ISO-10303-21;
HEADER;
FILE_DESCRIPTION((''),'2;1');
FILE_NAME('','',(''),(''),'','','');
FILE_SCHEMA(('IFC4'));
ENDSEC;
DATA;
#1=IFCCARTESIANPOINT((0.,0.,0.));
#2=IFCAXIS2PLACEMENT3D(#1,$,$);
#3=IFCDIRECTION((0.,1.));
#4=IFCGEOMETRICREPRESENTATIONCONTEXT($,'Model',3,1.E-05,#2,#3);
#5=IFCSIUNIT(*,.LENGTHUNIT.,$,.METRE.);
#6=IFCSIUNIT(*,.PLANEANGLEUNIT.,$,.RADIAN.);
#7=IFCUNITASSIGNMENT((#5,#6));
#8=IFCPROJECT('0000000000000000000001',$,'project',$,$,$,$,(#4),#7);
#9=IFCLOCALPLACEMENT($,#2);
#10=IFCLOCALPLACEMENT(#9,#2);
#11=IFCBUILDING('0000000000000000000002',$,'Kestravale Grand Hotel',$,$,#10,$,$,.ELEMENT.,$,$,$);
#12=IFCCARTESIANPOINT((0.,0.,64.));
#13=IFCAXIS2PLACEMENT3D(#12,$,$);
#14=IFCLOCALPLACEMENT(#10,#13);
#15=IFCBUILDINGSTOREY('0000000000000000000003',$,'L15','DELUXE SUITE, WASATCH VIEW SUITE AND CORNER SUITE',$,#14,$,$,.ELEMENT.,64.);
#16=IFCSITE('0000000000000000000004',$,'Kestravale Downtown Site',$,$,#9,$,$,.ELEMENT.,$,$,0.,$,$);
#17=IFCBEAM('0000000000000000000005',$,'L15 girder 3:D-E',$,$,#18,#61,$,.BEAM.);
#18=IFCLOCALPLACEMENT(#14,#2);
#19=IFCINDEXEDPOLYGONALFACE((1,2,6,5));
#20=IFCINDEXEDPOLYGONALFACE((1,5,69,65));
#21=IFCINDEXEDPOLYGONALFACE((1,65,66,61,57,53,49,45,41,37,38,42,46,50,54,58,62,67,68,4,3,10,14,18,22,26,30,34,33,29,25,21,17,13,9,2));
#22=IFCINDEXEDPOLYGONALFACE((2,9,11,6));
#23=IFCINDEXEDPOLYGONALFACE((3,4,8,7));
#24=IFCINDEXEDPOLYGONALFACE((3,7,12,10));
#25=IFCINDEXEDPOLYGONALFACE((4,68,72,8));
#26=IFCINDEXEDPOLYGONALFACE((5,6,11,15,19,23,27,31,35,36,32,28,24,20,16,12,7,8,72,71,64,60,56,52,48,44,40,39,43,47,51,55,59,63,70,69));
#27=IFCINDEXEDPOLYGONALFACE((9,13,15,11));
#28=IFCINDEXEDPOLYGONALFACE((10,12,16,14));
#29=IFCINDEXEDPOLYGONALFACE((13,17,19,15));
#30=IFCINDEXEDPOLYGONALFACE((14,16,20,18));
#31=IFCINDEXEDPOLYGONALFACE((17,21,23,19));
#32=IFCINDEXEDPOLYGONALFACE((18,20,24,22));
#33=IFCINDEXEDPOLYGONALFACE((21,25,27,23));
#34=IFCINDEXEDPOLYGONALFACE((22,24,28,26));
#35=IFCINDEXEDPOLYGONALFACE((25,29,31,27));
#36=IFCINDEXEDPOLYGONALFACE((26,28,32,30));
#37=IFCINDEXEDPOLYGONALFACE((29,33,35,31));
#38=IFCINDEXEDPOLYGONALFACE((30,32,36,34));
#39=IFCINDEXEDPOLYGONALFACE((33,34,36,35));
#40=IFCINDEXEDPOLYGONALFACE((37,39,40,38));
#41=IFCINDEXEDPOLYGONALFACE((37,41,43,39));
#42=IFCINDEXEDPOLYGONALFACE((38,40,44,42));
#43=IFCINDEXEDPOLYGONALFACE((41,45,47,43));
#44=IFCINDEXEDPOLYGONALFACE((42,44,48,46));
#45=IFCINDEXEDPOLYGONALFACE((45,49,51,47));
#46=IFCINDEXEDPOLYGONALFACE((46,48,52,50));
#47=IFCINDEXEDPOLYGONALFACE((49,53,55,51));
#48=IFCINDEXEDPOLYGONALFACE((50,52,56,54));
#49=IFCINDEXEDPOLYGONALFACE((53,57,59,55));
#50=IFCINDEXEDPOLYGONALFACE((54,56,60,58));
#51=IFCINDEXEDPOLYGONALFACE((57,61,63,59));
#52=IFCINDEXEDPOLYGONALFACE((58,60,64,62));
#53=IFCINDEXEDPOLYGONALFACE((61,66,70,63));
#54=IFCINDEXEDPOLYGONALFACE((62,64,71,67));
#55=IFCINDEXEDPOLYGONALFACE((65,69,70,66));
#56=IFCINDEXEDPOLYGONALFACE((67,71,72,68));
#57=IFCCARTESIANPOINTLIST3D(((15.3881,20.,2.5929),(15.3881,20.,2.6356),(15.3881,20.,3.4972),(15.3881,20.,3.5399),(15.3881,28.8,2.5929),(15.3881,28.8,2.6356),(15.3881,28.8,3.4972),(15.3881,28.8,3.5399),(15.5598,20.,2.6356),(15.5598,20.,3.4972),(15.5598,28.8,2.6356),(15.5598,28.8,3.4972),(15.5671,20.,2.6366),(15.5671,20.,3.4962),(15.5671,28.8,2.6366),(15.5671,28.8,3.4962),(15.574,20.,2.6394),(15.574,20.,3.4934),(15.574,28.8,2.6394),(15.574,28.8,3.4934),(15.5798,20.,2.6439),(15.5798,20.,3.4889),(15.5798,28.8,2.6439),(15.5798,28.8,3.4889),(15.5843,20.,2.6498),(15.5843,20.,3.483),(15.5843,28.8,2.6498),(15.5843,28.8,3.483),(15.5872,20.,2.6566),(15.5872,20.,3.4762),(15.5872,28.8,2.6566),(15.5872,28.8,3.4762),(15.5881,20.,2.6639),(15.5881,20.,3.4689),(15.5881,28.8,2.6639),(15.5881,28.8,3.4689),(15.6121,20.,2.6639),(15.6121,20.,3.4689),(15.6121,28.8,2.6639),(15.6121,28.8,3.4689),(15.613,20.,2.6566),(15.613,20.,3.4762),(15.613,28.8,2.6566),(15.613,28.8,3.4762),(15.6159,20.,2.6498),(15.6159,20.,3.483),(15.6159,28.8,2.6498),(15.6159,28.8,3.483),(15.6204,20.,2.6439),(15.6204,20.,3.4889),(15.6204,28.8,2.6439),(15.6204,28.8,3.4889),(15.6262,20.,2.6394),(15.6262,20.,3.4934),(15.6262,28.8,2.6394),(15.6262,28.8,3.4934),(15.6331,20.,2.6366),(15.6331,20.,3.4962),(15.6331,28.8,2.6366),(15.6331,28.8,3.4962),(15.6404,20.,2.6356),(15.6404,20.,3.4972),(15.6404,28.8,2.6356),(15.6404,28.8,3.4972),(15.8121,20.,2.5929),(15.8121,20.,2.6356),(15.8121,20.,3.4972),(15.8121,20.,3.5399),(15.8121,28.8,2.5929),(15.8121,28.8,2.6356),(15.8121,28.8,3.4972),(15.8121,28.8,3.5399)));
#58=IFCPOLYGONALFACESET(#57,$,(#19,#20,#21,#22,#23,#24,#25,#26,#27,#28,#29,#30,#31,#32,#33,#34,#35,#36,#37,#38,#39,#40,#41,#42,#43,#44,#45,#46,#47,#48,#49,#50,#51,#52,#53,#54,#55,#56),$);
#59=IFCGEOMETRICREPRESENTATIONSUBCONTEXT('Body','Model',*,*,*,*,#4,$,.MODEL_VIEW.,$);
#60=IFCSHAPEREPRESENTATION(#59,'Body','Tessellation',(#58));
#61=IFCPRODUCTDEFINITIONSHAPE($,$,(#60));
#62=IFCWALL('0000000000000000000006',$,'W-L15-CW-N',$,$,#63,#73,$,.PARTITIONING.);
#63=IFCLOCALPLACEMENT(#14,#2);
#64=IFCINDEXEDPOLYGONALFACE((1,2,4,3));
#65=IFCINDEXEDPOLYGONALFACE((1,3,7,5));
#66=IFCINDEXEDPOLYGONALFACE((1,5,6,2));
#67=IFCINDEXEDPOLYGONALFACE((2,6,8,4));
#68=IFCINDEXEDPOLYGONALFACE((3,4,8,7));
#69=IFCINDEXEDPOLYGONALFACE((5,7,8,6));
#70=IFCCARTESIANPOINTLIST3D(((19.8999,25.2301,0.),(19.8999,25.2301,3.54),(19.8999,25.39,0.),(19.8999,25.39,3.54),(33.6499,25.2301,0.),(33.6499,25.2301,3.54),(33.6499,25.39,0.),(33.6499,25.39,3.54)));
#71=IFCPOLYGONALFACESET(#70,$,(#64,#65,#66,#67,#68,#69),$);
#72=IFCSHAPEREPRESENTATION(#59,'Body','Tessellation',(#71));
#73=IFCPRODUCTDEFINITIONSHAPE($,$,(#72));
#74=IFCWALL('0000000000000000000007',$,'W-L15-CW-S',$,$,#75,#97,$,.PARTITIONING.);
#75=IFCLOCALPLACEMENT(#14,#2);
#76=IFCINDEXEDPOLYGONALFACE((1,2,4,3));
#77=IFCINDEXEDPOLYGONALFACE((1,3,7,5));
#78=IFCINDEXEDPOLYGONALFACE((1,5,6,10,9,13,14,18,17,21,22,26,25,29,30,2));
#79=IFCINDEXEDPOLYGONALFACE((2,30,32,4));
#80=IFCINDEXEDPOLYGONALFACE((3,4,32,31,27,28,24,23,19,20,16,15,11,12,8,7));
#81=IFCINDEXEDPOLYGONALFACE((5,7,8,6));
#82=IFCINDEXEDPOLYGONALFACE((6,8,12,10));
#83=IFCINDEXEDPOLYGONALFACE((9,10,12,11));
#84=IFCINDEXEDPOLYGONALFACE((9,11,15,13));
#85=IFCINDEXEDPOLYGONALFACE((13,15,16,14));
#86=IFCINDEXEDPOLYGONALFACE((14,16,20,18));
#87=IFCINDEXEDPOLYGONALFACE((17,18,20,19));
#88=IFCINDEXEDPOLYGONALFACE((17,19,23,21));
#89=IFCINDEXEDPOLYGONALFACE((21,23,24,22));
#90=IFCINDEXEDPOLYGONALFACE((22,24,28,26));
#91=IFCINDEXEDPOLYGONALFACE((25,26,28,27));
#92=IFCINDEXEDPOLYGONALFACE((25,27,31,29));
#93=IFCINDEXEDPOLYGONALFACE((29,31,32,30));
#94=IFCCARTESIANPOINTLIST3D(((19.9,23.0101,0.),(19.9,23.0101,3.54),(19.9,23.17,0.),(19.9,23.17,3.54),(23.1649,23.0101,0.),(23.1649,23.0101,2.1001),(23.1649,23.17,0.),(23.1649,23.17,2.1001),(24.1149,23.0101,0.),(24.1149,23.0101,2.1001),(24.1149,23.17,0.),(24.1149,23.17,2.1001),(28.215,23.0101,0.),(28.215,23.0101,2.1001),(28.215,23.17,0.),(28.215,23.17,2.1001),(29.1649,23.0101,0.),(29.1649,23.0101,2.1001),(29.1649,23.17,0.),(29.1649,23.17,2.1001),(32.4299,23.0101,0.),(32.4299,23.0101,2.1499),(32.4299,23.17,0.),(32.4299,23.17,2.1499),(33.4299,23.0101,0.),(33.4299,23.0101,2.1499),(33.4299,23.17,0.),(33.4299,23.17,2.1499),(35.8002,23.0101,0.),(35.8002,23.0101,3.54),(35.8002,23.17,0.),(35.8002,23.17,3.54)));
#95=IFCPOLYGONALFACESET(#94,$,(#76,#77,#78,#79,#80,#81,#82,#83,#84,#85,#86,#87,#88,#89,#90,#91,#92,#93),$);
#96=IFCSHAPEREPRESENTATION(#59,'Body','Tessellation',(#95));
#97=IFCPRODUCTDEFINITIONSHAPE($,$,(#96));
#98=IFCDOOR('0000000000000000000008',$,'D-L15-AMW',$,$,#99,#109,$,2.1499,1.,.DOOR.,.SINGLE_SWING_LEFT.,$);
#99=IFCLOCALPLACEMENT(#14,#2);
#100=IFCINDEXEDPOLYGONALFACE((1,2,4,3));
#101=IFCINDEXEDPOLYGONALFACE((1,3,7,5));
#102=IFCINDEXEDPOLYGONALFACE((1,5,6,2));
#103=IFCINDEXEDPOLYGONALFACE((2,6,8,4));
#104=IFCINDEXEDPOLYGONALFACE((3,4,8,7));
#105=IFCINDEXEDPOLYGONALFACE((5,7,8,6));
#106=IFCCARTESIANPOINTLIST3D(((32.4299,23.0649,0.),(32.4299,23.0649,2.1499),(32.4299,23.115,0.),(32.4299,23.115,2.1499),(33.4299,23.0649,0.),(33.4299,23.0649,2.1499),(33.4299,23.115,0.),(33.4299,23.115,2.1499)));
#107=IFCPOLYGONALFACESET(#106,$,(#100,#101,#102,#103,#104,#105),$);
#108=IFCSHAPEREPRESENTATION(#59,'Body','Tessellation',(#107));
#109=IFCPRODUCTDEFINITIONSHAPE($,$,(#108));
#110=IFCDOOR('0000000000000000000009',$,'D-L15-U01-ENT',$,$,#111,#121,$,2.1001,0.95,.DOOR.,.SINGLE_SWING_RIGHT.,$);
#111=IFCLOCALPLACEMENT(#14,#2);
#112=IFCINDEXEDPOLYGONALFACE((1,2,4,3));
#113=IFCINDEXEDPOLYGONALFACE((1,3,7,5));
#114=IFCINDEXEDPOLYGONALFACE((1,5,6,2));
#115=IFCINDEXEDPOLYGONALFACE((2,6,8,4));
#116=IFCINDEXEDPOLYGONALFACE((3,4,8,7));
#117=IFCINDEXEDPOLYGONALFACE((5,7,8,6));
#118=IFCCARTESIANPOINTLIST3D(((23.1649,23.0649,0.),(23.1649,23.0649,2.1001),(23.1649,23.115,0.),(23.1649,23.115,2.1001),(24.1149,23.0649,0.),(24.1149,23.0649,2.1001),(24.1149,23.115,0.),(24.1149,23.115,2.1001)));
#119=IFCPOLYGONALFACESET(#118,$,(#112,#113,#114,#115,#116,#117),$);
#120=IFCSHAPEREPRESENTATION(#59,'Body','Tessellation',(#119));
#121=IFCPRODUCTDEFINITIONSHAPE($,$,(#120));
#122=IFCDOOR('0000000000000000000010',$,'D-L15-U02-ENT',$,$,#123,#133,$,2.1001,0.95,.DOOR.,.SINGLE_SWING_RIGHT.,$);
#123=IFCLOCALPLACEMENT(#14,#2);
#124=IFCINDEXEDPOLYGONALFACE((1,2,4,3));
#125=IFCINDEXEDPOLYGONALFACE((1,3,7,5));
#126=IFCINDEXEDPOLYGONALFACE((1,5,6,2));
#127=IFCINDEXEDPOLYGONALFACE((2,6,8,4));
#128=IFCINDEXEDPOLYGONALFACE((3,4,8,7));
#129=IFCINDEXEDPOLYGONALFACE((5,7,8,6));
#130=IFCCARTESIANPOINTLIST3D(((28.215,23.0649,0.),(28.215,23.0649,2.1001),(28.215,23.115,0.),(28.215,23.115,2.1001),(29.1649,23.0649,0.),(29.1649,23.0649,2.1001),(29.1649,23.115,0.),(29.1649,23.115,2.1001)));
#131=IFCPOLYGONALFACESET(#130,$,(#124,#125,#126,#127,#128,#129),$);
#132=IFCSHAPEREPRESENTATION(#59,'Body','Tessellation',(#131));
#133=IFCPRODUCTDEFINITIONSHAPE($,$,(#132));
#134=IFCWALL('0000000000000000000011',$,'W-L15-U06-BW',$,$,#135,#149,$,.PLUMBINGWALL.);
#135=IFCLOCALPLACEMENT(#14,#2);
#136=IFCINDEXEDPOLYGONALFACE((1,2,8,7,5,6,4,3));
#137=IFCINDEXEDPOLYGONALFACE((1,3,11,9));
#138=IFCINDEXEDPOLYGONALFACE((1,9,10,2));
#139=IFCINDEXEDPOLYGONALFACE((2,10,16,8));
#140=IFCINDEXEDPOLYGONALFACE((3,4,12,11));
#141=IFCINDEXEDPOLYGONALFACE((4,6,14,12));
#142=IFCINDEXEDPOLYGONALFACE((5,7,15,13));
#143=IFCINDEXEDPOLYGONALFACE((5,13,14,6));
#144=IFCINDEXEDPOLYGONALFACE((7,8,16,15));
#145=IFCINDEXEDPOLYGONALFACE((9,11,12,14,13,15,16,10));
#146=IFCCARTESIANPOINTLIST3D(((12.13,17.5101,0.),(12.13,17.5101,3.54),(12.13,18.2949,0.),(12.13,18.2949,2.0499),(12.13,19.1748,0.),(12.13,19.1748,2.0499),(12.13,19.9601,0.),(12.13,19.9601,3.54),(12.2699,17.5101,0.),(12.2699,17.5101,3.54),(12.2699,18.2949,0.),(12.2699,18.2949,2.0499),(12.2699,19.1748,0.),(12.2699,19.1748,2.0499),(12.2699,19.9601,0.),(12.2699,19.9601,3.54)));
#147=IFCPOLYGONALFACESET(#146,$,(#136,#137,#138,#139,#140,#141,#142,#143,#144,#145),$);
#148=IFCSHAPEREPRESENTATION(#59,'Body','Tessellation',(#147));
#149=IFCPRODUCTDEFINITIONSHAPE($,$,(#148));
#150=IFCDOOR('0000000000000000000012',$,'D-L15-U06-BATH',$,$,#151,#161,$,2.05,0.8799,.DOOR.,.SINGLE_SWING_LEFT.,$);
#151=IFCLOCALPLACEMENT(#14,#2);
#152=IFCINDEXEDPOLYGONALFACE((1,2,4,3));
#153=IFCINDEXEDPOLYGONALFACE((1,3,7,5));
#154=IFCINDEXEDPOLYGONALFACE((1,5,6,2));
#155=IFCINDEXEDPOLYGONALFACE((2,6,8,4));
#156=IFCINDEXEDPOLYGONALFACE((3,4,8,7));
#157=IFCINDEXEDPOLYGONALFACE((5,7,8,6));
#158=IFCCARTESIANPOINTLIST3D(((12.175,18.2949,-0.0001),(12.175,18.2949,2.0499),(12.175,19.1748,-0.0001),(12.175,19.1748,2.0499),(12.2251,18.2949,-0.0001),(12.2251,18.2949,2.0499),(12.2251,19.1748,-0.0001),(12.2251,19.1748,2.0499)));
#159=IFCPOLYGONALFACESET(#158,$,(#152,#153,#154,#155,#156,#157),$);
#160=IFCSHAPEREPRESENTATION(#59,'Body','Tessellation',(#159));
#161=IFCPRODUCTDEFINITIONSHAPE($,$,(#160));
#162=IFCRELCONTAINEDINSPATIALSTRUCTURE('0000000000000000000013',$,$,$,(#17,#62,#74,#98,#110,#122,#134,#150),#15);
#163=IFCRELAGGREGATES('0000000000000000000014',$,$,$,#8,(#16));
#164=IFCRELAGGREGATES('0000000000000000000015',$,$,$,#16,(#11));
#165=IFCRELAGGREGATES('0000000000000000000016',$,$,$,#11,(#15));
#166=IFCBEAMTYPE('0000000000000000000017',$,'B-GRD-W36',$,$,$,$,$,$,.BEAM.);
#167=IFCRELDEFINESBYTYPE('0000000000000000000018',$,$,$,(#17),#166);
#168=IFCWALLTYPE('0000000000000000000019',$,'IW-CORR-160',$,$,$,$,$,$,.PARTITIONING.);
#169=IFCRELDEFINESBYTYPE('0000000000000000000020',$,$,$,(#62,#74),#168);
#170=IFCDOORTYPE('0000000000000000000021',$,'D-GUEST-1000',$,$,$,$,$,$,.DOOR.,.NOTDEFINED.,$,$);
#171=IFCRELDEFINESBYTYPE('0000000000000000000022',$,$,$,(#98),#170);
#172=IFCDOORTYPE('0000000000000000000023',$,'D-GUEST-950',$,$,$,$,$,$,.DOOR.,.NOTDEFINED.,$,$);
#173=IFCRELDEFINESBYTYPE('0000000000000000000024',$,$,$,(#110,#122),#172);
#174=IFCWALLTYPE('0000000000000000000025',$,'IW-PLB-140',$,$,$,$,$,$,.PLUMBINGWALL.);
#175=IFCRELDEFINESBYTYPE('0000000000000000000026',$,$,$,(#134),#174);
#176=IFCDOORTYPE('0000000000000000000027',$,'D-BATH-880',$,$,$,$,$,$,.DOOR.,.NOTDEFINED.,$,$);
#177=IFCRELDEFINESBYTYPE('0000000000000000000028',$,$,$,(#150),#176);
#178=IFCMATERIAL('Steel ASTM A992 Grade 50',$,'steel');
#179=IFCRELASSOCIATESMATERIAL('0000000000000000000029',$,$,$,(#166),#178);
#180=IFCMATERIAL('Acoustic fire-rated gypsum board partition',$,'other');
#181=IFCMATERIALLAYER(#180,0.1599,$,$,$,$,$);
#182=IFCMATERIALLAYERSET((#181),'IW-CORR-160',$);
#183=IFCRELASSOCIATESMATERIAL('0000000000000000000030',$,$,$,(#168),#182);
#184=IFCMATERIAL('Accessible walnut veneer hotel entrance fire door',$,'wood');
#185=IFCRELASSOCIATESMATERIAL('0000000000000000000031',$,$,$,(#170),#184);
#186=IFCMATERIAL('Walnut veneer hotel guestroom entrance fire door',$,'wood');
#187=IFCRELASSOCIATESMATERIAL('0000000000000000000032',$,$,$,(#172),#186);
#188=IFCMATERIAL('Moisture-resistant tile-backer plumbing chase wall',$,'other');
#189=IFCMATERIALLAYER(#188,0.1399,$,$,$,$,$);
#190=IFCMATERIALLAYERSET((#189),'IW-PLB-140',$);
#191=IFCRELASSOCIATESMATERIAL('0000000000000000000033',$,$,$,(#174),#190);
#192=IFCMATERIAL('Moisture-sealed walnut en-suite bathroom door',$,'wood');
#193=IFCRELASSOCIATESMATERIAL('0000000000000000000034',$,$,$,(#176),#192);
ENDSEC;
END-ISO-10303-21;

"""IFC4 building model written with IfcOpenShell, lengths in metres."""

from ifc_helpers import new_model, si_unit, direction, frame, frame_2d, origin, origin_2d, place, context, subcontext, project, spatial, rectangle, i_section, extrude, material, layer, layer_set, material_profile, profile_set, type_object, element, fill, save


model = new_model("IFC4")

# Units and contexts
model_context = context("Model", 3, precision=1e-05, world=origin(), true_north=direction((0.0, 1.0)))
body_context = subcontext(model_context, "Body", "Model", "MODEL_VIEW")
ifc_project = project(units=[si_unit("LENGTHUNIT", "METRE"), si_unit("PLANEANGLEUNIT", "RADIAN")], contexts=[model_context])

# Site, building, storey
site_placement = place(None, origin())
site = spatial("IfcSite", under=ifc_project, at=site_placement, Name="Kestravale Downtown Site", CompositionType="ELEMENT", RefElevation=0.0)
building_placement = place(site_placement, origin())
building = spatial("IfcBuilding", under=site, at=building_placement, Name="Kestravale Grand Hotel", CompositionType="ELEMENT")
storey_placement = place(building_placement, frame((0.0, 0.0, 64.0)))
storey = spatial("IfcBuildingStorey", under=building, at=storey_placement, Name="L15", Description="DELUXE SUITE, WASATCH VIEW SUITE AND CORNER SUITE", CompositionType="ELEMENT", Elevation=64.0)

# Beam
ifc_material_1 = material(Name="Steel ASTM A992 Grade 50", Category="steel")
ifc_material_profile_1 = material_profile(ifc_material_1, i_section(OverallWidth=0.4241, OverallDepth=0.947, WebThickness=0.0239, FlangeThickness=0.0427, FilletRadius=0.0283, at=origin_2d()))
ifc_profile_set_1 = profile_set([ifc_material_profile_1], Name="Steel ASTM A992 Grade 50")
beam_type_1 = type_object("IfcBeamType", Name="B-GRD-W36", PredefinedType="BEAM", material=ifc_profile_set_1)
for number, where, z_axis, x_axis, name in (
    (1, (15.6001, 20.0, 3.0664), (0.0, 1.0, 0.0), (-1.0, 0.0, 0.0), "L15 girder 3:D-E"),
):
    element("IfcBeam", number, at=place(storey_placement, frame(where, z_axis=z_axis, x_axis=x_axis)), inside=storey, type_object=beam_type_1, Name=name, PredefinedType="BEAM", context=body_context, shape_type="SweptSolid", body=[
        extrude(i_section(OverallWidth=0.4241, OverallDepth=0.947, WebThickness=0.0239, FlangeThickness=0.0427, FilletRadius=0.0283, at=origin_2d()), origin(), (0.0, 0.0, 1.0), 8.8),
    ])

# Wall
ifc_material_2 = material(Name="Acoustic fire-rated gypsum board partition", Category="other")
ifc_layer_1 = layer(ifc_material_2, 0.1599)
ifc_layer_set_1 = layer_set([ifc_layer_1], Name="IW-CORR-160")
wall_type_1 = type_object("IfcWallType", Name="IW-CORR-160", PredefinedType="PARTITIONING", material=ifc_layer_set_1)
wall_1_placement = place(storey_placement, frame((19.8999, 25.3101, 0.0), z_axis=(0.0, 0.0, 1.0), x_axis=(1.0, 0.0, 0.0)))
element("IfcWall", 2, at=wall_1_placement, inside=storey, type_object=wall_type_1, Name="W-L15-CW-N", PredefinedType="PARTITIONING", context=body_context, shape_type="SweptSolid", body=[
    extrude(rectangle(XDim=13.75, YDim=0.1599, at=frame_2d((6.875, 0.0))), origin(), (0.0, 0.0, 1.0), 3.54),
])

# Wall, openings, doors
wall_2_placement = place(storey_placement, frame((19.8999, 23.0901, 0.0), z_axis=(0.0, 0.0, 1.0), x_axis=(1.0, 0.0, 0.0)))
wall_2 = element("IfcWall", 3, at=wall_2_placement, inside=storey, type_object=wall_type_1, Name="W-L15-CW-S", PredefinedType="PARTITIONING", context=body_context, shape_type="SweptSolid", body=[
    extrude(rectangle(XDim=15.9001, YDim=0.1599, at=frame_2d((7.9502, 0.0))), origin(), (0.0, 0.0, 1.0), 3.54),
])
opening_1_placement = place(wall_2_placement, frame((3.2649, 0.0, 0.0)))
opening_1 = element("IfcOpeningElement", 4, at=opening_1_placement, cuts=wall_2, PredefinedType="OPENING", context=body_context, shape_type="SweptSolid", body=[
    extrude(rectangle(XDim=0.95, YDim=2.1001, at=frame_2d((0.4751, 1.05))), frame((0.0, 0.0898, 0.0), z_axis=(0.0, -1.0, 0.0), x_axis=(1.0, 0.0, 0.0)), (0.0, 0.0, 1.0), 0.1799),
])
opening_2_placement = place(wall_2_placement, frame((8.3149, 0.0, 0.0)))
opening_2 = element("IfcOpeningElement", 5, at=opening_2_placement, cuts=wall_2, PredefinedType="OPENING", context=body_context, shape_type="SweptSolid", body=[
    extrude(rectangle(XDim=0.95, YDim=2.1001, at=frame_2d((0.4751, 1.05))), frame((0.0, 0.0898, 0.0), z_axis=(0.0, -1.0, 0.0), x_axis=(1.0, 0.0, 0.0)), (0.0, 0.0, 1.0), 0.1799),
])
opening_3_placement = place(wall_2_placement, frame((12.53, 0.0, 0.0)))
opening_3 = element("IfcOpeningElement", 6, at=opening_3_placement, cuts=wall_2, PredefinedType="OPENING", context=body_context, shape_type="SweptSolid", body=[
    extrude(rectangle(XDim=1.0, YDim=2.1499, at=frame_2d((0.5, 1.075))), frame((0.0, 0.0898, 0.0), z_axis=(0.0, -1.0, 0.0), x_axis=(1.0, 0.0, 0.0)), (0.0, 0.0, 1.0), 0.1799),
])
ifc_material_3 = material(Name="Accessible walnut veneer hotel entrance fire door", Category="wood")
door_type_1 = type_object("IfcDoorType", Name="D-GUEST-1000", OperationType="NOTDEFINED", PredefinedType="DOOR", material=ifc_material_3)
door_1_placement = place(opening_3_placement, origin())
door_1 = element("IfcDoor", 7, at=door_1_placement, inside=storey, type_object=door_type_1, Name="D-L15-AMW", OperationType="SINGLE_SWING_LEFT", OverallHeight=2.1499, OverallWidth=1.0, PredefinedType="DOOR", context=body_context, shape_type="SweptSolid", body=[
    extrude(rectangle(XDim=1.0, YDim=2.1499, at=frame_2d((0.5, 1.075))), frame((0.0, 0.0249, 0.0), z_axis=(0.0, -1.0, 0.0), x_axis=(1.0, 0.0, 0.0)), (0.0, 0.0, 1.0), 0.05),
])
fill(opening_3, door_1)
ifc_material_4 = material(Name="Walnut veneer hotel guestroom entrance fire door", Category="wood")
door_type_2 = type_object("IfcDoorType", Name="D-GUEST-950", OperationType="NOTDEFINED", PredefinedType="DOOR", material=ifc_material_4)
door_2_placement = place(opening_1_placement, origin())
door_2 = element("IfcDoor", 8, at=door_2_placement, inside=storey, type_object=door_type_2, Name="D-L15-U01-ENT", OperationType="SINGLE_SWING_RIGHT", OverallHeight=2.1001, OverallWidth=0.95, PredefinedType="DOOR", context=body_context, shape_type="SweptSolid", body=[
    extrude(rectangle(XDim=0.95, YDim=2.1001, at=frame_2d((0.4751, 1.05))), frame((0.0, 0.0249, 0.0), z_axis=(0.0, -1.0, 0.0), x_axis=(1.0, 0.0, 0.0)), (0.0, 0.0, 1.0), 0.05),
])
fill(opening_1, door_2)
door_3_placement = place(opening_2_placement, origin())
door_3 = element("IfcDoor", 9, at=door_3_placement, inside=storey, type_object=door_type_2, Name="D-L15-U02-ENT", OperationType="SINGLE_SWING_RIGHT", OverallHeight=2.1001, OverallWidth=0.95, PredefinedType="DOOR", context=body_context, shape_type="SweptSolid", body=[
    extrude(rectangle(XDim=0.95, YDim=2.1001, at=frame_2d((0.4751, 1.05))), frame((0.0, 0.0249, 0.0), z_axis=(0.0, -1.0, 0.0), x_axis=(1.0, 0.0, 0.0)), (0.0, 0.0, 1.0), 0.05),
])
fill(opening_2, door_3)

# Wall, opening, door
ifc_material_5 = material(Name="Moisture-resistant tile-backer plumbing chase wall", Category="other")
ifc_layer_2 = layer(ifc_material_5, 0.1399)
ifc_layer_set_2 = layer_set([ifc_layer_2], Name="IW-PLB-140")
wall_type_2 = type_object("IfcWallType", Name="IW-PLB-140", PredefinedType="PLUMBINGWALL", material=ifc_layer_set_2)
wall_3_placement = place(storey_placement, frame((12.2, 17.51, 0.0), z_axis=(0.0, 0.0, 1.0), x_axis=(0.0, 1.0, 0.0)))
wall_3 = element("IfcWall", 10, at=wall_3_placement, inside=storey, type_object=wall_type_2, Name="W-L15-U06-BW", PredefinedType="PLUMBINGWALL", context=body_context, shape_type="SweptSolid", body=[
    extrude(rectangle(XDim=2.45, YDim=0.1399, at=frame_2d((1.2251, 0.0))), origin(), (0.0, 0.0, 1.0), 3.54),
])
opening_4_placement = place(wall_3_placement, frame((0.7849, 0.0, 0.0)))
opening_4 = element("IfcOpeningElement", 11, at=opening_4_placement, cuts=wall_3, PredefinedType="OPENING", context=body_context, shape_type="SweptSolid", body=[
    extrude(rectangle(XDim=0.8799, YDim=2.05, at=frame_2d((0.4399, 1.0249))), frame((0.0, 0.0798, 0.0), z_axis=(0.0, -1.0, 0.0), x_axis=(1.0, 0.0, 0.0)), (0.0, 0.0, 1.0), 0.1599),
])
ifc_material_6 = material(Name="Moisture-sealed walnut en-suite bathroom door", Category="wood")
door_type_3 = type_object("IfcDoorType", Name="D-BATH-880", OperationType="NOTDEFINED", PredefinedType="DOOR", material=ifc_material_6)
door_4_placement = place(opening_4_placement, origin())
door_4 = element("IfcDoor", 12, at=door_4_placement, inside=storey, type_object=door_type_3, Name="D-L15-U06-BATH", OperationType="SINGLE_SWING_LEFT", OverallHeight=2.05, OverallWidth=0.8799, PredefinedType="DOOR", context=body_context, shape_type="SweptSolid", body=[
    extrude(rectangle(XDim=0.8799, YDim=2.05, at=frame_2d((0.4399, 1.0249))), frame((0.0, 0.0249, 0.0), z_axis=(0.0, -1.0, 0.0), x_axis=(1.0, 0.0, 0.0)), (0.0, 0.0, 1.0), 0.05),
])
fill(opening_4, door_4)

save(model, "model.ifc")
